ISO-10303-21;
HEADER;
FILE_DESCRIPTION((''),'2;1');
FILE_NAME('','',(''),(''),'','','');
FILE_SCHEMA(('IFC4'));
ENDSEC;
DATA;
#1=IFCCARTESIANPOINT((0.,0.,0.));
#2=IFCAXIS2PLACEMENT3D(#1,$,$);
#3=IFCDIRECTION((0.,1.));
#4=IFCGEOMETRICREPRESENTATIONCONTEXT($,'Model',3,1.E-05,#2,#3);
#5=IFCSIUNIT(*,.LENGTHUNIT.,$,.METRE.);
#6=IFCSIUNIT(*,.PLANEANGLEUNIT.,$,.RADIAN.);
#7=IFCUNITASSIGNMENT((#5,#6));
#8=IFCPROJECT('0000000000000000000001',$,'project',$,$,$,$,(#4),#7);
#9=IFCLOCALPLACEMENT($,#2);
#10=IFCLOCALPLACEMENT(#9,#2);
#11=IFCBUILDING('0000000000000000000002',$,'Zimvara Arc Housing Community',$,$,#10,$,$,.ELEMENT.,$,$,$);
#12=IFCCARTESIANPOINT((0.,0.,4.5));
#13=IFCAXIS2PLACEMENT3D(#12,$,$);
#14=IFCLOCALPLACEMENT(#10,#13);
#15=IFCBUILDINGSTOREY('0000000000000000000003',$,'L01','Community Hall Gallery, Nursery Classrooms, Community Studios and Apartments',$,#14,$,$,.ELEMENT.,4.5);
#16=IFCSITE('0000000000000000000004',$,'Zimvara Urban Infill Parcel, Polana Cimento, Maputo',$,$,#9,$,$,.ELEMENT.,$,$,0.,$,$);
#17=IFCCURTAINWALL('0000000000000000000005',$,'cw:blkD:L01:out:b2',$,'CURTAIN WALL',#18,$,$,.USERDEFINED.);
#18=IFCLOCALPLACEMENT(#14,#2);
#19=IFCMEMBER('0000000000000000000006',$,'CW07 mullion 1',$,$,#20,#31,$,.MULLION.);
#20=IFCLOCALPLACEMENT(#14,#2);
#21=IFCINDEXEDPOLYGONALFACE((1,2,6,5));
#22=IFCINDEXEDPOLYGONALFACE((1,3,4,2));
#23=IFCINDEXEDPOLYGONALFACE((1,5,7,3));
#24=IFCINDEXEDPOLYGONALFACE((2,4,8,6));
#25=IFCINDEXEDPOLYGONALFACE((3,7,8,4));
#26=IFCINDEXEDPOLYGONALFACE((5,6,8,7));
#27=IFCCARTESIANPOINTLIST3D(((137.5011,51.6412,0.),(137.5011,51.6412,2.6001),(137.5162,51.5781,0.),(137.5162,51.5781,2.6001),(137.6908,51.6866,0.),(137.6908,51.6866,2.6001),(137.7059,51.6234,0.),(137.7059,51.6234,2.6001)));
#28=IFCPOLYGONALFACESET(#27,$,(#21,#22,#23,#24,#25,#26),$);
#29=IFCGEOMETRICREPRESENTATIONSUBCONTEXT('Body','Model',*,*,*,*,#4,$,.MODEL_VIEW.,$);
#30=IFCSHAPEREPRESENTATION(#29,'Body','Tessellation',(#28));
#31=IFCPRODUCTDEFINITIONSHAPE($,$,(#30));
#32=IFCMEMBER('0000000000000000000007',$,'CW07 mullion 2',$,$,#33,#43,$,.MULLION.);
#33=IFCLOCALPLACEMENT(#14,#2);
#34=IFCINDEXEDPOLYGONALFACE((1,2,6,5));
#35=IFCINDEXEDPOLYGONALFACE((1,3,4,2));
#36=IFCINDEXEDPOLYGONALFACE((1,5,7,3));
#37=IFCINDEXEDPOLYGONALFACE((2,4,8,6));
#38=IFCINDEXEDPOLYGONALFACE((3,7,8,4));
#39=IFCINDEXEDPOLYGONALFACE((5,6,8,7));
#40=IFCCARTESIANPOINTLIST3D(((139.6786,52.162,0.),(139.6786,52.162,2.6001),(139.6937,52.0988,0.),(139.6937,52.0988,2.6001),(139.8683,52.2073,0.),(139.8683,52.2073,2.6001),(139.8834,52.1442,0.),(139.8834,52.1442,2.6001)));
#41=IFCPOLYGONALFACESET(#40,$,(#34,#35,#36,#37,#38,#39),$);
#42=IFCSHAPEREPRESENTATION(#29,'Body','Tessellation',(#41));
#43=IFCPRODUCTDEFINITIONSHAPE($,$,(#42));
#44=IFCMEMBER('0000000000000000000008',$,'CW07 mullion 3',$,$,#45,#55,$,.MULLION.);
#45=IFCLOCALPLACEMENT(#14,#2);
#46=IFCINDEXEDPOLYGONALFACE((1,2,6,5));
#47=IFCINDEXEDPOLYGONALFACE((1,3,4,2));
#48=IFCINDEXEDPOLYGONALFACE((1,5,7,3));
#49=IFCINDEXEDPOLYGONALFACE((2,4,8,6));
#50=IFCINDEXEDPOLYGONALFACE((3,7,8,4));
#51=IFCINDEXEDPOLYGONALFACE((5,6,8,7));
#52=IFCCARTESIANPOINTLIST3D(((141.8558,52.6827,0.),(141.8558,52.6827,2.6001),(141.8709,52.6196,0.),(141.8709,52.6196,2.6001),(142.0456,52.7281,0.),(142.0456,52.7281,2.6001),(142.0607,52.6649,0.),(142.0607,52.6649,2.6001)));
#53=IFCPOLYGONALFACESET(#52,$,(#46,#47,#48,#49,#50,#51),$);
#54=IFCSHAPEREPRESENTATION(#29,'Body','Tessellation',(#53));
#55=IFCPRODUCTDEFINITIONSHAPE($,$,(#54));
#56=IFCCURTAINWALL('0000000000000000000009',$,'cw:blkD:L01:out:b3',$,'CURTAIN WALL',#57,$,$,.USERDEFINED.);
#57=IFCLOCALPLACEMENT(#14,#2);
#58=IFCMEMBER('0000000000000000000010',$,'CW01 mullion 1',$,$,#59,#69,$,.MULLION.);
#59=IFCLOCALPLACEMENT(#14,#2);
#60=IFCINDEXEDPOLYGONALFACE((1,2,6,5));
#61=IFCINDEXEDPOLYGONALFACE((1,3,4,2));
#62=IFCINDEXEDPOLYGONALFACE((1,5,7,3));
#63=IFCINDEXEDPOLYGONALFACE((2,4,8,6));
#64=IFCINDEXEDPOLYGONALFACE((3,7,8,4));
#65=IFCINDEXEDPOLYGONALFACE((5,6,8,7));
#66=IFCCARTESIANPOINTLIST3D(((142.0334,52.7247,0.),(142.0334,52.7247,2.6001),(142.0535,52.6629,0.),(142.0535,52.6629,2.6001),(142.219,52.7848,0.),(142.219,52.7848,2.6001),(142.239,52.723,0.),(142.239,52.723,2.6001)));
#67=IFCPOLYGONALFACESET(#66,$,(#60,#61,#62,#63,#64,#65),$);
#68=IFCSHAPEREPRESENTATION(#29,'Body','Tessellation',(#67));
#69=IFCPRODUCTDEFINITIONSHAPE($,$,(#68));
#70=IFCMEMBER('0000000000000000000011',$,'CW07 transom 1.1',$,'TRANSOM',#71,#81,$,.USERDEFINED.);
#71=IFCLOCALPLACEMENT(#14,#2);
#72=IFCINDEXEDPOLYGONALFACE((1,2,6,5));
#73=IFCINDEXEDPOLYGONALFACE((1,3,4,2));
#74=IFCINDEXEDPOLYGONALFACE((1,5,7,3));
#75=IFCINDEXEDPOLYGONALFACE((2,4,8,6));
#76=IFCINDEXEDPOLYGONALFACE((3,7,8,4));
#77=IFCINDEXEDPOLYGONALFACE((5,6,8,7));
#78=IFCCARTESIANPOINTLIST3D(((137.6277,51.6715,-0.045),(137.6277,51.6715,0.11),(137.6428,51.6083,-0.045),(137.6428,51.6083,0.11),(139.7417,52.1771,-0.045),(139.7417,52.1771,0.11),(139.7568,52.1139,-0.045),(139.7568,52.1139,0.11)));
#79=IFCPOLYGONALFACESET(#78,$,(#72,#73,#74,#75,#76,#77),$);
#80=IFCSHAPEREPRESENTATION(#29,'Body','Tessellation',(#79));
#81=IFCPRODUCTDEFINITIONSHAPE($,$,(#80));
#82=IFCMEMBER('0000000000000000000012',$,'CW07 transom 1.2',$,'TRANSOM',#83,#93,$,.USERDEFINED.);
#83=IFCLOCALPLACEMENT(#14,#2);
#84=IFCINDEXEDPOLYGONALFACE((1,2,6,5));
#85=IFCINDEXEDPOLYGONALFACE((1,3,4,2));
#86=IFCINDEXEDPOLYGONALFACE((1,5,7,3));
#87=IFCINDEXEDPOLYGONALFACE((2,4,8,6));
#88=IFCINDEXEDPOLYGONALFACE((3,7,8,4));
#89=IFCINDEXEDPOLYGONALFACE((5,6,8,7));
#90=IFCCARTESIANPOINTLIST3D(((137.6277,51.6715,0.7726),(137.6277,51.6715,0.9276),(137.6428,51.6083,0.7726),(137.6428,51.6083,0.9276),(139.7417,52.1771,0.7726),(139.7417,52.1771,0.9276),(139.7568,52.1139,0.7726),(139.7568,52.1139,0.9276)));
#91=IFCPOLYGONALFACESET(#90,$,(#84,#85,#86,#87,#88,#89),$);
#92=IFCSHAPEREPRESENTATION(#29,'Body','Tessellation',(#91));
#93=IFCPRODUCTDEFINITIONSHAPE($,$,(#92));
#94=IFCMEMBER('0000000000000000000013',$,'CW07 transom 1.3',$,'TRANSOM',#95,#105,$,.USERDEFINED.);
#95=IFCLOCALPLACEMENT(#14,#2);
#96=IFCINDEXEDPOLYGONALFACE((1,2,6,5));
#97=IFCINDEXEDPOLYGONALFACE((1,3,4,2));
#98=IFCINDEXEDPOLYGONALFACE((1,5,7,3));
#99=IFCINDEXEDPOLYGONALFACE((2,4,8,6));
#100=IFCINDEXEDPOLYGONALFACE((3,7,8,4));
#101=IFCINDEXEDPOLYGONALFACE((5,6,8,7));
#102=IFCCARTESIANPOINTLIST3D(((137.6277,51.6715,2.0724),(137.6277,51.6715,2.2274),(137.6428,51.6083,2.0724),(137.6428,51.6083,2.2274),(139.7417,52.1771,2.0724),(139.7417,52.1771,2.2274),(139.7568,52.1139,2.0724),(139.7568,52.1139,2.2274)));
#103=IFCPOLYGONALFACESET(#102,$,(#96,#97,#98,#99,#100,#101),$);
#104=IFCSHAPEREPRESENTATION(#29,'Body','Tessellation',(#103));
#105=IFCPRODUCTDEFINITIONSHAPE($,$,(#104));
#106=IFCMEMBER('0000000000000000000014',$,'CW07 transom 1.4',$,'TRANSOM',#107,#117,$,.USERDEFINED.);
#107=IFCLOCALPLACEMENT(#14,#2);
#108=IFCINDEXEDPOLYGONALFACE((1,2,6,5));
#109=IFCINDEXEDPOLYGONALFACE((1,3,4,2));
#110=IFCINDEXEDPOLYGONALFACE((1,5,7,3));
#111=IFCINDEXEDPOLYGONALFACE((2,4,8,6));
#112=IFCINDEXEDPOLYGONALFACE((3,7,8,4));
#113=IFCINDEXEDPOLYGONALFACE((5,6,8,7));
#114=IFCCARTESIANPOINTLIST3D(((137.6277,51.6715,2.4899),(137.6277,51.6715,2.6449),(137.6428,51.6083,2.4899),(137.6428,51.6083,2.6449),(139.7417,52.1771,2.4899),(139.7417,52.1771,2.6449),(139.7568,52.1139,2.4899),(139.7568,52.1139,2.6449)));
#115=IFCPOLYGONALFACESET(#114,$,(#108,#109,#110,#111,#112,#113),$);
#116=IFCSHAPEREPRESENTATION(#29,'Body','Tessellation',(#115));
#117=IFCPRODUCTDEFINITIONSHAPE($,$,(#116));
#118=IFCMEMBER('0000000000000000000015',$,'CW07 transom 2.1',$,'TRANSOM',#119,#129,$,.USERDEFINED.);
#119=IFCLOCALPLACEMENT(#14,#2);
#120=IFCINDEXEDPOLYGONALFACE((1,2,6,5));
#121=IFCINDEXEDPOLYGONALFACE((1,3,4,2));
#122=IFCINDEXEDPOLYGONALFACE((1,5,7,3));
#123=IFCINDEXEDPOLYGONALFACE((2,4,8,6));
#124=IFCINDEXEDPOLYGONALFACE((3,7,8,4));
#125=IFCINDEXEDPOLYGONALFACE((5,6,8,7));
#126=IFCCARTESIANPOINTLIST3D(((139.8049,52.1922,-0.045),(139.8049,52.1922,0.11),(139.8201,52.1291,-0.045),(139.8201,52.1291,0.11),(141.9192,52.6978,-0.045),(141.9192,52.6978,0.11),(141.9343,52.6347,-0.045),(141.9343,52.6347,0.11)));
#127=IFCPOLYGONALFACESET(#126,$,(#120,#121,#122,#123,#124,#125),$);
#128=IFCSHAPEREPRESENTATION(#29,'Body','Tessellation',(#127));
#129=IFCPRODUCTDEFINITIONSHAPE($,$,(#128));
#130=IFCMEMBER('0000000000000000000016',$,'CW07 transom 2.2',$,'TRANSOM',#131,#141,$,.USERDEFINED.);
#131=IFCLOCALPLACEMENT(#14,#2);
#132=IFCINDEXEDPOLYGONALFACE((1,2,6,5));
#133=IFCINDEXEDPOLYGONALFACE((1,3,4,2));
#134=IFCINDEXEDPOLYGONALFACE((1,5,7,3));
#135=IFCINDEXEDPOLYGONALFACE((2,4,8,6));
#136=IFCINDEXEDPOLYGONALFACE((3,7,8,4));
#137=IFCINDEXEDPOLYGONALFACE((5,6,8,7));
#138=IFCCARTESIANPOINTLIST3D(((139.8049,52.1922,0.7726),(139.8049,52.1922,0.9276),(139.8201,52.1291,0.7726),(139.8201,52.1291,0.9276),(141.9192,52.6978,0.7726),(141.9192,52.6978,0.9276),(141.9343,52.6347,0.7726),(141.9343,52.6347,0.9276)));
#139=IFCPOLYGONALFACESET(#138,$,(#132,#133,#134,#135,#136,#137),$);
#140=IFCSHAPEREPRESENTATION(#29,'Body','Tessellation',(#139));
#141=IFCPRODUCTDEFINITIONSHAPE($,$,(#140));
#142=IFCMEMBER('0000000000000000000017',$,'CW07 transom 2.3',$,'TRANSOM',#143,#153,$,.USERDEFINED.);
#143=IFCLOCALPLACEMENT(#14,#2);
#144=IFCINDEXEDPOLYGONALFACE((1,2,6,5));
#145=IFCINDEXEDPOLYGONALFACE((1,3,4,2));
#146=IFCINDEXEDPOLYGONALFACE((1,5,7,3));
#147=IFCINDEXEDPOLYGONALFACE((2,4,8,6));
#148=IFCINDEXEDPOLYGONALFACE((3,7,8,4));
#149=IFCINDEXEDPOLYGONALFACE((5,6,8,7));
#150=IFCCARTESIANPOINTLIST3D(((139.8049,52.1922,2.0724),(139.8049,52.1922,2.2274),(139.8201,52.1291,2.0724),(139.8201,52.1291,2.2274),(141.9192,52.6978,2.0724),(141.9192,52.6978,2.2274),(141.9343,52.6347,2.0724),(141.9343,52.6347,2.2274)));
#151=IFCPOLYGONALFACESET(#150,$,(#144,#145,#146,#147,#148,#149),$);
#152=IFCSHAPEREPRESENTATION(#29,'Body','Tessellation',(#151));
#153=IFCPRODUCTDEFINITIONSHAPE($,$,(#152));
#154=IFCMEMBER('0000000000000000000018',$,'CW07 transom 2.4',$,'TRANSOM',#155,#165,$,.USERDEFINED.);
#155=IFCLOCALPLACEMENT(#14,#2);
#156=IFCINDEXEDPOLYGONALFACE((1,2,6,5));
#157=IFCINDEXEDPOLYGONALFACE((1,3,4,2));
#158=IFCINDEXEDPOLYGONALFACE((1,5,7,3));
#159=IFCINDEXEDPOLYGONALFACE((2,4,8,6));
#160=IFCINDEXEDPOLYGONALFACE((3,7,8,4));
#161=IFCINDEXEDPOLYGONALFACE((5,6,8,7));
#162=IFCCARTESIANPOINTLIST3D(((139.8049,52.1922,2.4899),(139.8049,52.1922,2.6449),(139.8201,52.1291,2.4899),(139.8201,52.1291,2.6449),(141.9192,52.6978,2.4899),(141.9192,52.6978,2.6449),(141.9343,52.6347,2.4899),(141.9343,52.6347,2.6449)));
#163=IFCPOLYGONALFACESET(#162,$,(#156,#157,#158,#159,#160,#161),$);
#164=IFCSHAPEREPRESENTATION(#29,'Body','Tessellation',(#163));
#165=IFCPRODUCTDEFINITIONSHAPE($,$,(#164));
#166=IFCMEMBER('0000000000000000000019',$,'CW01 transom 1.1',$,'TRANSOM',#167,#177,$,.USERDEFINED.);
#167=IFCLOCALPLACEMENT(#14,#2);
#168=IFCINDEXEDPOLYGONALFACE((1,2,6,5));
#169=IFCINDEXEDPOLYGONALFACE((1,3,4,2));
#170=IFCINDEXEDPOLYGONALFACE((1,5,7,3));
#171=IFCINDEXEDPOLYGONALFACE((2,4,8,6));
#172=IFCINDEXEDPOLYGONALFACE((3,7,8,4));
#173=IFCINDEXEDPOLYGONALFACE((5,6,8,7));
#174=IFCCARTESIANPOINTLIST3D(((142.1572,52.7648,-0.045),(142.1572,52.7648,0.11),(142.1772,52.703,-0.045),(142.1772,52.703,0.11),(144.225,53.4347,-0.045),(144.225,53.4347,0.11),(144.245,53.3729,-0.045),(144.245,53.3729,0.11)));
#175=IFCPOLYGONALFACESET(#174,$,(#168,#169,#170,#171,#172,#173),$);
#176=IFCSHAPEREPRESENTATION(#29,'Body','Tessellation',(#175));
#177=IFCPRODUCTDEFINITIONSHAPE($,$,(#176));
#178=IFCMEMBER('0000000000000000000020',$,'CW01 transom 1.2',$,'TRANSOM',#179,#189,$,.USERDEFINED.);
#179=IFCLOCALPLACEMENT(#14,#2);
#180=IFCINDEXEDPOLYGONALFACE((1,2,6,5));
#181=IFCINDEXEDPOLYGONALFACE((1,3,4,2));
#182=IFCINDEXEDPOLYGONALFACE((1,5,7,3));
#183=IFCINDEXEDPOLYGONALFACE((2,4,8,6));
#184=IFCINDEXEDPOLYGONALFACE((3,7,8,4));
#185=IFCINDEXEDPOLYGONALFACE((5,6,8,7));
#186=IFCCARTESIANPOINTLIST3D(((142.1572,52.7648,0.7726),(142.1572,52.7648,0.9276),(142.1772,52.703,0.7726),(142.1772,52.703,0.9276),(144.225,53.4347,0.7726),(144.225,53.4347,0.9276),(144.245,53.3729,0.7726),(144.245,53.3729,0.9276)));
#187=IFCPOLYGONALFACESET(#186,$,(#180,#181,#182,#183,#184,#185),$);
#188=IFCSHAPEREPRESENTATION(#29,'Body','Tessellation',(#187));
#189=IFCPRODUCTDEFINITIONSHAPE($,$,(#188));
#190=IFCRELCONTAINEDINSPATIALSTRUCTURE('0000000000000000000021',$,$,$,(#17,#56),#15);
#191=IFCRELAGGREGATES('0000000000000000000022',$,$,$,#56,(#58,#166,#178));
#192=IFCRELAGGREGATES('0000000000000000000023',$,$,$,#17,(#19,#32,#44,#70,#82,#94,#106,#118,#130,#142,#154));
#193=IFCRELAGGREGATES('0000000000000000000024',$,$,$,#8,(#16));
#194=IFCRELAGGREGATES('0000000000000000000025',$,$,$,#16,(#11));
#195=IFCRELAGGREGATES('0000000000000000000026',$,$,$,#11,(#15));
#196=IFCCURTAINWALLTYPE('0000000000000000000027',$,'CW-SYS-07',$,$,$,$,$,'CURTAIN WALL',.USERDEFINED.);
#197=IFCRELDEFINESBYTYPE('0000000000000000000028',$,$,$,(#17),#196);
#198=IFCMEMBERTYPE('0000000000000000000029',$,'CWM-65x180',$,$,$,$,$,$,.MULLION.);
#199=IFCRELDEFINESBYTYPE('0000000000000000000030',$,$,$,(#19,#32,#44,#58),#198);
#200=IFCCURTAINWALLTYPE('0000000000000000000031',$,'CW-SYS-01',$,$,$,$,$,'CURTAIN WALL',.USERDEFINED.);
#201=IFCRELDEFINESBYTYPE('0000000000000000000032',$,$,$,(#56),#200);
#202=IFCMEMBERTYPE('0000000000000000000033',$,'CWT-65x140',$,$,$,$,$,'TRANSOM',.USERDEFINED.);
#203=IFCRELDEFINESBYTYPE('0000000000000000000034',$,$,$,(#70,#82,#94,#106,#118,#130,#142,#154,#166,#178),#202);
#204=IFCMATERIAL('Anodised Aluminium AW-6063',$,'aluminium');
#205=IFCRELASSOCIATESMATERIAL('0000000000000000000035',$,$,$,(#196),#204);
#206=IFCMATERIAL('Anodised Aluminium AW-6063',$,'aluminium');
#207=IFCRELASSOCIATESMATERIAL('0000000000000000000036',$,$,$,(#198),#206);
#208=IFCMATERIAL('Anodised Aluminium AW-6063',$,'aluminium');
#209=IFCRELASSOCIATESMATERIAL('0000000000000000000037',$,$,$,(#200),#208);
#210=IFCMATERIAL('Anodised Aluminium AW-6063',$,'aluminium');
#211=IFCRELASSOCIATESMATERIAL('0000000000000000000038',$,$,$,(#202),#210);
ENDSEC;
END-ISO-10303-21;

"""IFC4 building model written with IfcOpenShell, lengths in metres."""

from ifc_helpers import new_model, si_unit, direction, frame, origin, origin_2d, place, context, subcontext, project, spatial, rectangle, extrude, material, material_profile, profile_set, type_object, element, aggregate, save


model = new_model("IFC4")

# Units and contexts
model_context = context("Model", 3, precision=1e-05, world=origin(), true_north=direction((0.0, 1.0)))
body_context = subcontext(model_context, "Body", "Model", "MODEL_VIEW")
ifc_project = project(units=[si_unit("LENGTHUNIT", "METRE"), si_unit("PLANEANGLEUNIT", "RADIAN")], contexts=[model_context])

# Site, building, storey
site_placement = place(None, origin())
site = spatial("IfcSite", under=ifc_project, at=site_placement, Name="Zimvara Urban Infill Parcel, Polana Cimento, Maputo", CompositionType="ELEMENT", RefElevation=0.0)
building_placement = place(site_placement, origin())
building = spatial("IfcBuilding", under=site, at=building_placement, Name="Zimvara Arc Housing Community", CompositionType="ELEMENT")
storey_placement = place(building_placement, frame((0.0, 0.0, 4.5)))
storey = spatial("IfcBuildingStorey", under=building, at=storey_placement, Name="L01", Description="Community Hall Gallery, Nursery Classrooms, Community Studios and Apartments", CompositionType="ELEMENT", Elevation=4.5)

# Curtain wall, members
ifc_material_1 = material(Name="Anodised Aluminium AW-6063", Category="aluminium")
curtain_wall_type_1 = type_object("IfcCurtainWallType", Name="CW-SYS-07", ElementType="CURTAIN WALL", PredefinedType="USERDEFINED", material=ifc_material_1)
curtain_wall_1_placement = place(storey_placement, origin())
curtain_wall_1 = element("IfcCurtainWall", 1, at=curtain_wall_1_placement, inside=storey, type_object=curtain_wall_type_1, Name="cw:blkD:L01:out:b2", ObjectType="CURTAIN WALL", PredefinedType="USERDEFINED")
ifc_material_2 = material(Name="Anodised Aluminium AW-6063", Category="aluminium")
ifc_material_profile_1 = material_profile(ifc_material_2, rectangle(XDim=0.0649, YDim=0.1951, at=origin_2d()), Name="ALU 65x195")
ifc_profile_set_1 = profile_set([ifc_material_profile_1], Name="Anodised Aluminium AW-6063")
member_type_1 = type_object("IfcMemberType", Name="CWM-65x180", PredefinedType="MULLION", material=ifc_profile_set_1)
member_1_placement = place(storey_placement, frame((137.6035, 51.6323, 0.0), z_axis=(0.0, 0.0, 1.0), x_axis=(-0.232597, 0.972573, 0.0)))
member_1 = element("IfcMember", 2, at=member_1_placement, type_object=member_type_1, Name="CW07 mullion 1", PredefinedType="MULLION", context=body_context, shape_type="SweptSolid", body=[
    extrude(rectangle(XDim=0.0649, YDim=0.1951, at=origin_2d()), origin(), (0.0, 0.0, 1.0), 2.6001),
])
member_2_placement = place(storey_placement, frame((139.781, 52.1531, 0.0), z_axis=(0.0, 0.0, 1.0), x_axis=(-0.232597, 0.972573, 0.0)))
member_2 = element("IfcMember", 3, at=member_2_placement, type_object=member_type_1, Name="CW07 mullion 2", PredefinedType="MULLION", context=body_context, shape_type="SweptSolid", body=[
    extrude(rectangle(XDim=0.0649, YDim=0.1951, at=origin_2d()), origin(), (0.0, 0.0, 1.0), 2.6001),
])
member_3_placement = place(storey_placement, frame((141.9583, 52.6738, 0.0), z_axis=(0.0, 0.0, 1.0), x_axis=(-0.232597, 0.972573, 0.0)))
member_3 = element("IfcMember", 4, at=member_3_placement, type_object=member_type_1, Name="CW07 mullion 3", PredefinedType="MULLION", context=body_context, shape_type="SweptSolid", body=[
    extrude(rectangle(XDim=0.0649, YDim=0.1951, at=origin_2d()), origin(), (0.0, 0.0, 1.0), 2.6001),
])

# Curtain wall, member
ifc_material_3 = material(Name="Anodised Aluminium AW-6063", Category="aluminium")
curtain_wall_type_2 = type_object("IfcCurtainWallType", Name="CW-SYS-01", ElementType="CURTAIN WALL", PredefinedType="USERDEFINED", material=ifc_material_3)
curtain_wall_2_placement = place(storey_placement, origin())
curtain_wall_2 = element("IfcCurtainWall", 5, at=curtain_wall_2_placement, inside=storey, type_object=curtain_wall_type_2, Name="cw:blkD:L01:out:b3", ObjectType="CURTAIN WALL", PredefinedType="USERDEFINED")
member_4_placement = place(storey_placement, frame((142.1362, 52.7239, 0.0), z_axis=(0.0, 0.0, 1.0), x_axis=(-0.308185, 0.951326, 0.0)))
member_4 = element("IfcMember", 6, at=member_4_placement, type_object=member_type_1, Name="CW01 mullion 1", PredefinedType="MULLION", context=body_context, shape_type="SweptSolid", body=[
    extrude(rectangle(XDim=0.0649, YDim=0.1951, at=origin_2d()), origin(), (0.0, 0.0, 1.0), 2.6001),
])

# Members
ifc_material_4 = material(Name="Anodised Aluminium AW-6063", Category="aluminium")
ifc_material_profile_2 = material_profile(ifc_material_4, rectangle(XDim=0.0649, YDim=0.155, at=origin_2d()), Name="ALU 65x155")
ifc_profile_set_2 = profile_set([ifc_material_profile_2], Name="Anodised Aluminium AW-6063")
member_type_2 = type_object("IfcMemberType", Name="CWT-65x140", ElementType="TRANSOM", PredefinedType="USERDEFINED", material=ifc_profile_set_2)
member_5_placement = place(storey_placement, frame((137.6353, 51.6399, 0.0325), z_axis=(0.97257, 0.232612, 0.0), x_axis=(-0.232612, 0.97257, 0.0)))
member_5 = element("IfcMember", 7, at=member_5_placement, type_object=member_type_2, Name="CW07 transom 1.1", ObjectType="TRANSOM", PredefinedType="USERDEFINED", context=body_context, shape_type="SweptSolid", body=[
    extrude(rectangle(XDim=0.0649, YDim=0.155, at=origin_2d()), origin(), (0.0, 0.0, 1.0), 2.1736),
])
member_6_placement = place(storey_placement, frame((137.6353, 51.6399, 0.8501), z_axis=(0.97257, 0.232612, 0.0), x_axis=(-0.232612, 0.97257, 0.0)))
member_6 = element("IfcMember", 8, at=member_6_placement, type_object=member_type_2, Name="CW07 transom 1.2", ObjectType="TRANSOM", PredefinedType="USERDEFINED", context=body_context, shape_type="SweptSolid", body=[
    extrude(rectangle(XDim=0.0649, YDim=0.155, at=origin_2d()), origin(), (0.0, 0.0, 1.0), 2.1736),
])
member_7_placement = place(storey_placement, frame((137.6353, 51.6399, 2.1499), z_axis=(0.97257, 0.232612, 0.0), x_axis=(-0.232612, 0.97257, 0.0)))
member_7 = element("IfcMember", 9, at=member_7_placement, type_object=member_type_2, Name="CW07 transom 1.3", ObjectType="TRANSOM", PredefinedType="USERDEFINED", context=body_context, shape_type="SweptSolid", body=[
    extrude(rectangle(XDim=0.0649, YDim=0.155, at=origin_2d()), origin(), (0.0, 0.0, 1.0), 2.1736),
])
member_8_placement = place(storey_placement, frame((137.6353, 51.6399, 2.5674), z_axis=(0.97257, 0.232612, 0.0), x_axis=(-0.232612, 0.97257, 0.0)))
member_8 = element("IfcMember", 10, at=member_8_placement, type_object=member_type_2, Name="CW07 transom 1.4", ObjectType="TRANSOM", PredefinedType="USERDEFINED", context=body_context, shape_type="SweptSolid", body=[
    extrude(rectangle(XDim=0.0649, YDim=0.155, at=origin_2d()), origin(), (0.0, 0.0, 1.0), 2.1736),
])
member_9_placement = place(storey_placement, frame((139.8125, 52.1606, 0.0325), z_axis=(0.972576, 0.232587, 0.0), x_axis=(-0.232587, 0.972576, 0.0)))
member_9 = element("IfcMember", 11, at=member_9_placement, type_object=member_type_2, Name="CW07 transom 2.1", ObjectType="TRANSOM", PredefinedType="USERDEFINED", context=body_context, shape_type="SweptSolid", body=[
    extrude(rectangle(XDim=0.0649, YDim=0.155, at=origin_2d()), origin(), (0.0, 0.0, 1.0), 2.1738),
])
member_10_placement = place(storey_placement, frame((139.8125, 52.1606, 0.8501), z_axis=(0.972576, 0.232587, 0.0), x_axis=(-0.232587, 0.972576, 0.0)))
member_10 = element("IfcMember", 12, at=member_10_placement, type_object=member_type_2, Name="CW07 transom 2.2", ObjectType="TRANSOM", PredefinedType="USERDEFINED", context=body_context, shape_type="SweptSolid", body=[
    extrude(rectangle(XDim=0.0649, YDim=0.155, at=origin_2d()), origin(), (0.0, 0.0, 1.0), 2.1738),
])
member_11_placement = place(storey_placement, frame((139.8125, 52.1606, 2.1499), z_axis=(0.972576, 0.232587, 0.0), x_axis=(-0.232587, 0.972576, 0.0)))
member_11 = element("IfcMember", 13, at=member_11_placement, type_object=member_type_2, Name="CW07 transom 2.3", ObjectType="TRANSOM", PredefinedType="USERDEFINED", context=body_context, shape_type="SweptSolid", body=[
    extrude(rectangle(XDim=0.0649, YDim=0.155, at=origin_2d()), origin(), (0.0, 0.0, 1.0), 2.1738),
])
member_12_placement = place(storey_placement, frame((139.8125, 52.1606, 2.5674), z_axis=(0.972576, 0.232587, 0.0), x_axis=(-0.232587, 0.972576, 0.0)))
member_12 = element("IfcMember", 14, at=member_12_placement, type_object=member_type_2, Name="CW07 transom 2.4", ObjectType="TRANSOM", PredefinedType="USERDEFINED", context=body_context, shape_type="SweptSolid", body=[
    extrude(rectangle(XDim=0.0649, YDim=0.155, at=origin_2d()), origin(), (0.0, 0.0, 1.0), 2.1738),
])
member_13_placement = place(storey_placement, frame((142.1672, 52.7339, 0.0325), z_axis=(0.951323, 0.308197, 0.0), x_axis=(-0.308197, 0.951323, 0.0)))
member_13 = element("IfcMember", 15, at=member_13_placement, type_object=member_type_2, Name="CW01 transom 1.1", ObjectType="TRANSOM", PredefinedType="USERDEFINED", context=body_context, shape_type="SweptSolid", body=[
    extrude(rectangle(XDim=0.0649, YDim=0.155, at=origin_2d()), origin(), (0.0, 0.0, 1.0), 2.1736),
])
member_14_placement = place(storey_placement, frame((142.1672, 52.7339, 0.8501), z_axis=(0.951323, 0.308197, 0.0), x_axis=(-0.308197, 0.951323, 0.0)))
member_14 = element("IfcMember", 16, at=member_14_placement, type_object=member_type_2, Name="CW01 transom 1.2", ObjectType="TRANSOM", PredefinedType="USERDEFINED", context=body_context, shape_type="SweptSolid", body=[
    extrude(rectangle(XDim=0.0649, YDim=0.155, at=origin_2d()), origin(), (0.0, 0.0, 1.0), 2.1736),
])
aggregate(curtain_wall_2, [member_4, member_13, member_14])

aggregate(curtain_wall_1, [member_1, member_2, member_3, member_5, member_6, member_7, member_8, member_9, member_10, member_11, member_12])

save(model, "model.ifc")
